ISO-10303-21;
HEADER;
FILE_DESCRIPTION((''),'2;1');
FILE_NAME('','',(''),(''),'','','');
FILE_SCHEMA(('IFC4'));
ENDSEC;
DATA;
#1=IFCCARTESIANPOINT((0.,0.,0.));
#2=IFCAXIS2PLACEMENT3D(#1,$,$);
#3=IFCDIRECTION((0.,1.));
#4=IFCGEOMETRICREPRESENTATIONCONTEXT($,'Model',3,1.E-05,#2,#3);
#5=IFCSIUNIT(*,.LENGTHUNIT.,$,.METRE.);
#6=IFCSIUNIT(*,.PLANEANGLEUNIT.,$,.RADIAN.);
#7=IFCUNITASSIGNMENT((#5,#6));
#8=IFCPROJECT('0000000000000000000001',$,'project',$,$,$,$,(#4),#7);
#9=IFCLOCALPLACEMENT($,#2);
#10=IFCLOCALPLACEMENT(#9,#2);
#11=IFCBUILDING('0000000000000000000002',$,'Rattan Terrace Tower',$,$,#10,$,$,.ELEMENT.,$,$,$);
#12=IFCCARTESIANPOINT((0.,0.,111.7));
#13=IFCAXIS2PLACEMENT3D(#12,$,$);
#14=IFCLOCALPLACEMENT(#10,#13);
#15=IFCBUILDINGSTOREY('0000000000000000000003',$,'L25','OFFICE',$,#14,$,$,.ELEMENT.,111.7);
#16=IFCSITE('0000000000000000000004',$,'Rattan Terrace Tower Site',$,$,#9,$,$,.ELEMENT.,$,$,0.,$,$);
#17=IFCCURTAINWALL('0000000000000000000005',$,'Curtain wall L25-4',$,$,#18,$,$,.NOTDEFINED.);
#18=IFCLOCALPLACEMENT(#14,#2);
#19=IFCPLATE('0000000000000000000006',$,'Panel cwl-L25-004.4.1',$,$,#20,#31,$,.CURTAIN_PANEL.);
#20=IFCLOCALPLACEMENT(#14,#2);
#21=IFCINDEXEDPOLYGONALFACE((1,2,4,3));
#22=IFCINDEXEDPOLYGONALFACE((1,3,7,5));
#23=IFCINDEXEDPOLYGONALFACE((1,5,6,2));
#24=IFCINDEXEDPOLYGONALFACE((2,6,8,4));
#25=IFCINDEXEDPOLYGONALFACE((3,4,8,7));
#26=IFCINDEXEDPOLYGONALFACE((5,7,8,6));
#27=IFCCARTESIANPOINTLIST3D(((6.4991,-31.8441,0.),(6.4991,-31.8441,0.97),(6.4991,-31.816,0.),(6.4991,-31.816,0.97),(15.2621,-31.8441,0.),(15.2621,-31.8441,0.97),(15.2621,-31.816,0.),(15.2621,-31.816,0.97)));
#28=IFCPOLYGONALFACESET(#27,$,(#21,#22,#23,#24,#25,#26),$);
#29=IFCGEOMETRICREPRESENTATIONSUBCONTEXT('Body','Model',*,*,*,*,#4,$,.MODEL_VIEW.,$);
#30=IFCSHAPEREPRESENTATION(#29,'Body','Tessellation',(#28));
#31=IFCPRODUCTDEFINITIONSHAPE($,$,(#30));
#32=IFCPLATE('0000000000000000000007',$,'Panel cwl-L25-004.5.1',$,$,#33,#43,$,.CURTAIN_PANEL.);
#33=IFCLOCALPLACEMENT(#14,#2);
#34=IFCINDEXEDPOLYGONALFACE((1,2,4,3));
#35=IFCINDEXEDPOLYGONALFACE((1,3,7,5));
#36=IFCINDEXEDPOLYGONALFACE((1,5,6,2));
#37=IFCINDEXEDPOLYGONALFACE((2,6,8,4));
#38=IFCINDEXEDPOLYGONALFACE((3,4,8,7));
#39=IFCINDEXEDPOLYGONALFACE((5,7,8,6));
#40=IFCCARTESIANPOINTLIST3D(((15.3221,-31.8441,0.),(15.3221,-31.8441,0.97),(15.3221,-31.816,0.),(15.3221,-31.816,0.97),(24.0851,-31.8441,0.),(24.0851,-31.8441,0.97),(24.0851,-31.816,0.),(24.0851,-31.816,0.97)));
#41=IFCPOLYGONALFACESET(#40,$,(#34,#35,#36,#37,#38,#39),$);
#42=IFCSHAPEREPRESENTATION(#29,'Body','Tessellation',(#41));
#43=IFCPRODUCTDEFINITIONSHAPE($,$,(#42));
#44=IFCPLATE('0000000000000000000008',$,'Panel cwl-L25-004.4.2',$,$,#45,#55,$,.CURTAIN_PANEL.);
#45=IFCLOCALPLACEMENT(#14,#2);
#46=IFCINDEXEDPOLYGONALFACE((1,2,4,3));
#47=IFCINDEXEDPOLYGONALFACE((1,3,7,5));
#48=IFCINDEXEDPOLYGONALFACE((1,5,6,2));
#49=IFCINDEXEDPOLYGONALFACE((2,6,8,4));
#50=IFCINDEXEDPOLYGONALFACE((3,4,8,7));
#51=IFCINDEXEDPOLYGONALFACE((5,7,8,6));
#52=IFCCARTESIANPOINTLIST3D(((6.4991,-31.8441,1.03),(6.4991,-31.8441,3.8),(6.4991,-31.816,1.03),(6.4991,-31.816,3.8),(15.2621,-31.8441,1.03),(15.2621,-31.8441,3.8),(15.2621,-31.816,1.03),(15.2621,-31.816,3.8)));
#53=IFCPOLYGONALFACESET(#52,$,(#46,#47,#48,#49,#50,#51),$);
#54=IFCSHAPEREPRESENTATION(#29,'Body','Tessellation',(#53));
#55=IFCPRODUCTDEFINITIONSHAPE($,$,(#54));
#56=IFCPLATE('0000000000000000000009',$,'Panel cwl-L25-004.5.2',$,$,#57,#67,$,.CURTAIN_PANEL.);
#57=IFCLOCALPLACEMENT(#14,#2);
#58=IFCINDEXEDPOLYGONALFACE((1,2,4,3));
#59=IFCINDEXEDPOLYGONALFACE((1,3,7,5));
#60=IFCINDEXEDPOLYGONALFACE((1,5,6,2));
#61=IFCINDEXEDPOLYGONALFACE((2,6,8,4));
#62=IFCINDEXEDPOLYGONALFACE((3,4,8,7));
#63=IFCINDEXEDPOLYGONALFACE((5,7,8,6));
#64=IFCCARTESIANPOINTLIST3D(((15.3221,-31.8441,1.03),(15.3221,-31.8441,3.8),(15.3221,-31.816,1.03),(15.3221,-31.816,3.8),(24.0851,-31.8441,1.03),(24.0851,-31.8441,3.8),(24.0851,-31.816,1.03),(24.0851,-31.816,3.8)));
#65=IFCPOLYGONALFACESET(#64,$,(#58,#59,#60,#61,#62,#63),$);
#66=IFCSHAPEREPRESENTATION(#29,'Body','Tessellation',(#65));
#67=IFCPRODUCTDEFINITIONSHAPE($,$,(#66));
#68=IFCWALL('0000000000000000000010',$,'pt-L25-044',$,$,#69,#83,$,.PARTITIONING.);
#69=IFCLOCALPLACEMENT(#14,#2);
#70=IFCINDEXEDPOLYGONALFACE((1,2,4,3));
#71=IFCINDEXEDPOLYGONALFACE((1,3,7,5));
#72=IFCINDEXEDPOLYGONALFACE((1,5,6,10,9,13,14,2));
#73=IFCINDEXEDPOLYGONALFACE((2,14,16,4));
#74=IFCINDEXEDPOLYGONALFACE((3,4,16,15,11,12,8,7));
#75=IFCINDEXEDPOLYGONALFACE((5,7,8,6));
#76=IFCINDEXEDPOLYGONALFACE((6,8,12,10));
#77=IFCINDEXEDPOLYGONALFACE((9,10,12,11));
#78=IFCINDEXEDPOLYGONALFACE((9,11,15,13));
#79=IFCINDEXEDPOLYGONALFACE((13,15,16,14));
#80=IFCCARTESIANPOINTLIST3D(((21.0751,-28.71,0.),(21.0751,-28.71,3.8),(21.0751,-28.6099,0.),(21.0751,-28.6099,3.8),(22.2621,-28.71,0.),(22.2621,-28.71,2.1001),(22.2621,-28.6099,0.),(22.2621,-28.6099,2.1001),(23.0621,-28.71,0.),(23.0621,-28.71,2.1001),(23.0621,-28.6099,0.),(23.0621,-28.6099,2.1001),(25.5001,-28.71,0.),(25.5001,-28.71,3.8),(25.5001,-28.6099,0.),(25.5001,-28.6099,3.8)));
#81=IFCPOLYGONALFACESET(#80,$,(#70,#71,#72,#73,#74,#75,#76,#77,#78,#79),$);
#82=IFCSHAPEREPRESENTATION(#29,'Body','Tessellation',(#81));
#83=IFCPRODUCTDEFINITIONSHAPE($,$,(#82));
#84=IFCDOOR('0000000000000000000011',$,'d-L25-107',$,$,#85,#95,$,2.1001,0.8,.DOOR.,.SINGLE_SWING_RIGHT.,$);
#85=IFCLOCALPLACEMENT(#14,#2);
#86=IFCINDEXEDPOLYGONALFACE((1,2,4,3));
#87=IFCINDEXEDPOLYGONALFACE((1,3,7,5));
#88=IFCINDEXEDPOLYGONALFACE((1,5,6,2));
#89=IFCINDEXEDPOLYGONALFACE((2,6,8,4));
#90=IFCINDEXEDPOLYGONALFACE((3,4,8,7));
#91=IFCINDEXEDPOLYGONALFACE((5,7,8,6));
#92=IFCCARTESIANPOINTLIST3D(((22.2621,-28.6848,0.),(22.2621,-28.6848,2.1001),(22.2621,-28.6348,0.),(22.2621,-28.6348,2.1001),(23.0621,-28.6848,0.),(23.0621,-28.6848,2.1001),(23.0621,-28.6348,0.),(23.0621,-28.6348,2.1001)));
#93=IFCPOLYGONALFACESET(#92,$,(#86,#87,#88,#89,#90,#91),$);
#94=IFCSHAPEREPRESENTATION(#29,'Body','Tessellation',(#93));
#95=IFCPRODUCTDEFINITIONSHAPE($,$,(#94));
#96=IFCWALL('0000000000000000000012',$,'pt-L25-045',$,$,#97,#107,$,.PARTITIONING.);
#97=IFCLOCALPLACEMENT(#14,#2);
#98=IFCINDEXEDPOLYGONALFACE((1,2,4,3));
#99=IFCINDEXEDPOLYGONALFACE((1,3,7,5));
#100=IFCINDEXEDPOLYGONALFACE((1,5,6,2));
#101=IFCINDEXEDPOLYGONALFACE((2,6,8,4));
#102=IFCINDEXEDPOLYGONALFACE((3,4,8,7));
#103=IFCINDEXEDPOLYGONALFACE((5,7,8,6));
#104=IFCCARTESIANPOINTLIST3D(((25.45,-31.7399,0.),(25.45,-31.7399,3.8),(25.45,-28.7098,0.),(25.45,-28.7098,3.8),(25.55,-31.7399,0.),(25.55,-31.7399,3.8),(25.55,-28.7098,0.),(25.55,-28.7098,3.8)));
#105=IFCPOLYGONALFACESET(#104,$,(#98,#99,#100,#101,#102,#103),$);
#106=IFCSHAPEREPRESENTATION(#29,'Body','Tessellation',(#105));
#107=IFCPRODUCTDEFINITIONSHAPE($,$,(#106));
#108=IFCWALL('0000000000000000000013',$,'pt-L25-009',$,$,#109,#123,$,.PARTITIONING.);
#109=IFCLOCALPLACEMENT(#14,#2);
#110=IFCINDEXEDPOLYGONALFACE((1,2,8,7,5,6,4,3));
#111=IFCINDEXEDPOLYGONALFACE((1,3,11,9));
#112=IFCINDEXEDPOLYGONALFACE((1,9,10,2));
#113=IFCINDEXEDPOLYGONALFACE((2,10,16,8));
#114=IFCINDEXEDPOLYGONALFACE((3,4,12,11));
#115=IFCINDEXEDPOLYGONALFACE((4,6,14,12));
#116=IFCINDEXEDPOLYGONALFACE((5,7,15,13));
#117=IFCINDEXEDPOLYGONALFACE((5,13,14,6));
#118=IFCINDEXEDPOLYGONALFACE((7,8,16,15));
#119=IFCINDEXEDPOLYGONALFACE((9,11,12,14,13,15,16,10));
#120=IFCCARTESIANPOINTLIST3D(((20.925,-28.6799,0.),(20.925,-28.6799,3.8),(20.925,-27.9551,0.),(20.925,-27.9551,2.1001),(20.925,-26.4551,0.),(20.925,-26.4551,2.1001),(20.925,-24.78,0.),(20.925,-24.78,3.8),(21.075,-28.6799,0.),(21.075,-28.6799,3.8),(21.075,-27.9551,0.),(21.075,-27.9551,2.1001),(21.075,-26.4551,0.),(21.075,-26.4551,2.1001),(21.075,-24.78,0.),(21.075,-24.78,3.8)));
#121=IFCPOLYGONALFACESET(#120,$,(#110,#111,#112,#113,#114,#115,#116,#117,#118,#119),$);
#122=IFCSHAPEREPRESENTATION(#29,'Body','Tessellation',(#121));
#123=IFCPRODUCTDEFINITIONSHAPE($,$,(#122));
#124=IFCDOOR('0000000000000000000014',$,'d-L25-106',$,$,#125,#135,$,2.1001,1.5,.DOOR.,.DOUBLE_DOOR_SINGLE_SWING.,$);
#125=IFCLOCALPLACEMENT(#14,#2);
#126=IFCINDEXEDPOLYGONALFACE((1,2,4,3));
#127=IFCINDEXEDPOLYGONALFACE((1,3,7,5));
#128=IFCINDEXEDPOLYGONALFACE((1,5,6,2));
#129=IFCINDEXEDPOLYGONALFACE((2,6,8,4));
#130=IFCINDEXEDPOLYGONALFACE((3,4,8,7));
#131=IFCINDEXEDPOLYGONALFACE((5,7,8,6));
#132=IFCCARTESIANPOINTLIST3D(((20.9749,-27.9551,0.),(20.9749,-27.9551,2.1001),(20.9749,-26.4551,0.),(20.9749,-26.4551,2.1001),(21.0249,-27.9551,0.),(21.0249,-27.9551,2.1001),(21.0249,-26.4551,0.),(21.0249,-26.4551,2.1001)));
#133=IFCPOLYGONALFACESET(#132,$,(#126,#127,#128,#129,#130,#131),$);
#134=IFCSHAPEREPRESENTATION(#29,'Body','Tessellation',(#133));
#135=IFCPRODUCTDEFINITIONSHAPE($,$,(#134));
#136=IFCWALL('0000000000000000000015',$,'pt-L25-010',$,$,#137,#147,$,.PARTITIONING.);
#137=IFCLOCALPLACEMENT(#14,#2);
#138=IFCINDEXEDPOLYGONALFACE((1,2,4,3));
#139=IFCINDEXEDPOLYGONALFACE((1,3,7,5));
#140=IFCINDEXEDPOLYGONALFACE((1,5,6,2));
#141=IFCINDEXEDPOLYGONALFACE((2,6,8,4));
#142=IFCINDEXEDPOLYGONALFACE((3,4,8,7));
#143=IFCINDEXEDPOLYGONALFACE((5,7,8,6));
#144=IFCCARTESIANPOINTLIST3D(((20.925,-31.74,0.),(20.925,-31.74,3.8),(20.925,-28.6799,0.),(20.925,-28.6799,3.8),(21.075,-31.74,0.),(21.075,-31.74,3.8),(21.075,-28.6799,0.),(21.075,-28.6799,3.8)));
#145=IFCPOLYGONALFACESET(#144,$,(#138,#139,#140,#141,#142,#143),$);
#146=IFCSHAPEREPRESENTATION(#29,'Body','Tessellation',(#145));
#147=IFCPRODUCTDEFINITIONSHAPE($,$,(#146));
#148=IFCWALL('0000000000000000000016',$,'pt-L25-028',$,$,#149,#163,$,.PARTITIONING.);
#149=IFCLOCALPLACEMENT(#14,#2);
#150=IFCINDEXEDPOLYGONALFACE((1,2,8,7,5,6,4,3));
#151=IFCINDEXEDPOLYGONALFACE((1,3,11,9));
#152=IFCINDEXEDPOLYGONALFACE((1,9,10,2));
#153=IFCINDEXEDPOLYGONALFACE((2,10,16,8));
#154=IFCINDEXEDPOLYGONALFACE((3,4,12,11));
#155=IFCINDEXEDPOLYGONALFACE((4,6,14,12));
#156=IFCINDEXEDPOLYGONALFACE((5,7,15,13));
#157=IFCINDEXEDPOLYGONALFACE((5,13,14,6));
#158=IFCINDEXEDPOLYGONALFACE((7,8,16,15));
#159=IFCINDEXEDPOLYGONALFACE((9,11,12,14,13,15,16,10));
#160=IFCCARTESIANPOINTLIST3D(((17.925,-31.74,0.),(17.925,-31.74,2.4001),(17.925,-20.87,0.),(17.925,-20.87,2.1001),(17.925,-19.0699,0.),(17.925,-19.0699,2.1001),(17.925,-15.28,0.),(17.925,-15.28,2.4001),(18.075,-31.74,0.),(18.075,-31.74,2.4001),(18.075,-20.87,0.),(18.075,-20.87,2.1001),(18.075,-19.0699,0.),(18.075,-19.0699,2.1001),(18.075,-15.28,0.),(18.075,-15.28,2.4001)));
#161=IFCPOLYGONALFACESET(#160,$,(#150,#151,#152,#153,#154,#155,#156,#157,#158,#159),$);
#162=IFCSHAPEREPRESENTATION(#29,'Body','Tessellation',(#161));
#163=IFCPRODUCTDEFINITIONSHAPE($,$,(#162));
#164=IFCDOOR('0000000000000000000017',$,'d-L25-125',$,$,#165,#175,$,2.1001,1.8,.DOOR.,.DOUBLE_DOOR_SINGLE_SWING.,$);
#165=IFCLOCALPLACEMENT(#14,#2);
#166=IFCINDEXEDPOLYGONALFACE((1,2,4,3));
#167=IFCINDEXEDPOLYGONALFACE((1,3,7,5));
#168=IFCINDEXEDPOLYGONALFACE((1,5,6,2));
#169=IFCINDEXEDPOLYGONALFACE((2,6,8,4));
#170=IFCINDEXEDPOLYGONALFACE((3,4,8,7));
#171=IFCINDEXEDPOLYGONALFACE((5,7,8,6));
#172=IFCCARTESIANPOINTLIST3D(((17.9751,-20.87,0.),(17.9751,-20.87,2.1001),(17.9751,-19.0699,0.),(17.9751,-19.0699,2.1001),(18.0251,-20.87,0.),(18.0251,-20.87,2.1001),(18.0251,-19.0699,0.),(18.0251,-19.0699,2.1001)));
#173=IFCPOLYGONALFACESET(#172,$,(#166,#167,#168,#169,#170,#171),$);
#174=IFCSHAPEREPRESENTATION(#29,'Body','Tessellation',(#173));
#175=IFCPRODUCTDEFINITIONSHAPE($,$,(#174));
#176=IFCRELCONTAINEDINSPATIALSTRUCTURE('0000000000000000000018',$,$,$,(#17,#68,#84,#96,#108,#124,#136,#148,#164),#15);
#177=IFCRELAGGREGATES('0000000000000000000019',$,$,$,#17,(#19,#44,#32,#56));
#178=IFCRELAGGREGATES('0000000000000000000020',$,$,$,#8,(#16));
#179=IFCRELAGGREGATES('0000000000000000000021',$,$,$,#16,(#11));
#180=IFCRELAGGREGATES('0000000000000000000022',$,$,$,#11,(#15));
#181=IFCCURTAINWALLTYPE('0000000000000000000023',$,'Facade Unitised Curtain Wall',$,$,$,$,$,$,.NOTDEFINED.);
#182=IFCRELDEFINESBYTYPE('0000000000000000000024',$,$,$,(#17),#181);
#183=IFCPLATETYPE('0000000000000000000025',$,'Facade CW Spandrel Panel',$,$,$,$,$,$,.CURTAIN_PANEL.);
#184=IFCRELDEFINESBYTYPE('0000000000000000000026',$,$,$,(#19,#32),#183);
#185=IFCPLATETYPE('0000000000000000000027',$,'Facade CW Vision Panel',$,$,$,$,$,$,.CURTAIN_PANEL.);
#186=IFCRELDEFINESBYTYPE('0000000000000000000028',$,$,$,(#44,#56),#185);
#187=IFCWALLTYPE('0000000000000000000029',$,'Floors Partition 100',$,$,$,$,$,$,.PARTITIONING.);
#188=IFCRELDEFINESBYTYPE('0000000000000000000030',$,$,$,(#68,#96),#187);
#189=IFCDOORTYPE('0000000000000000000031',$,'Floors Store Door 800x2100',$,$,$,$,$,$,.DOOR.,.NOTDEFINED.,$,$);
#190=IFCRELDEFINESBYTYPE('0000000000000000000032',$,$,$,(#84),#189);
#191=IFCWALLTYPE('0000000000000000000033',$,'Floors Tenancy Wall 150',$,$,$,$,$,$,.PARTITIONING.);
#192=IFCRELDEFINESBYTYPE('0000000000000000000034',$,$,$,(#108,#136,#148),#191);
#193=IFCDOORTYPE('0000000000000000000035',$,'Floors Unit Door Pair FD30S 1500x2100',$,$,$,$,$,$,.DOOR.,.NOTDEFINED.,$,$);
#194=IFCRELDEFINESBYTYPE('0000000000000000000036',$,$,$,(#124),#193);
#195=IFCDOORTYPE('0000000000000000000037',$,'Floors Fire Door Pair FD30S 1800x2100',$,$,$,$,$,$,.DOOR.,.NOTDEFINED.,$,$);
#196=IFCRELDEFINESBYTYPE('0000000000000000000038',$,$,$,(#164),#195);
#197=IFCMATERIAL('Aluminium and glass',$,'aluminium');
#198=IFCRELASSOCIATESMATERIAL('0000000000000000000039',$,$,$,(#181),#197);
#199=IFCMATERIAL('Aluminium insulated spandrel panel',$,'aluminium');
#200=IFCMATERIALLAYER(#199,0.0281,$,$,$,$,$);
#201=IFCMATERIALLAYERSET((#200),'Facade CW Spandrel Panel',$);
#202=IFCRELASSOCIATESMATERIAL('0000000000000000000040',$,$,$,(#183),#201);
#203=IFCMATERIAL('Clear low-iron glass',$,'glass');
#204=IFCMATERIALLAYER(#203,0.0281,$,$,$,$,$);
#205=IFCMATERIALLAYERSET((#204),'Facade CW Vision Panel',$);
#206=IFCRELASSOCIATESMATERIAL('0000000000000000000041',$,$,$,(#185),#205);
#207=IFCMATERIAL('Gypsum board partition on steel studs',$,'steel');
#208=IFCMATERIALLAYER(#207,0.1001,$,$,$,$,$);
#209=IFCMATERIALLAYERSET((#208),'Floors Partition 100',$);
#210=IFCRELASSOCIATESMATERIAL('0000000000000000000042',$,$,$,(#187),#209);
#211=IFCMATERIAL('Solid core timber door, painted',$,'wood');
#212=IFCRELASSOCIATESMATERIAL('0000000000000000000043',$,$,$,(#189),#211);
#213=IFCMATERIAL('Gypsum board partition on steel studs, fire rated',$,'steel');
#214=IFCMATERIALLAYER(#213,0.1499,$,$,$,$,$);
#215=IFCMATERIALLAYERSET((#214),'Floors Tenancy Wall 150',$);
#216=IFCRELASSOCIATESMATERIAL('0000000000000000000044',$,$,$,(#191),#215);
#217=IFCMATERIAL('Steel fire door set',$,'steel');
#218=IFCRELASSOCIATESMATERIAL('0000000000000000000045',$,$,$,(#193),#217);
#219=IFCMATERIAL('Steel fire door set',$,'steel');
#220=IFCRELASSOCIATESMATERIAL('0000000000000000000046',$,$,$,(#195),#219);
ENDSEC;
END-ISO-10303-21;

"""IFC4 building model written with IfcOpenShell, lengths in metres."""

from ifc_helpers import new_model, si_unit, direction, frame, frame_2d, origin, origin_2d, place, context, subcontext, project, spatial, rectangle, extrude, material, layer, layer_set, type_object, element, fill, aggregate, save


model = new_model("IFC4")

# Units and contexts
model_context = context("Model", 3, precision=1e-05, world=origin(), true_north=direction((0.0, 1.0)))
body_context = subcontext(model_context, "Body", "Model", "MODEL_VIEW")
ifc_project = project(units=[si_unit("LENGTHUNIT", "METRE"), si_unit("PLANEANGLEUNIT", "RADIAN")], contexts=[model_context])

# Site, building, storey
site_placement = place(None, origin())
site = spatial("IfcSite", under=ifc_project, at=site_placement, Name="Rattan Terrace Tower Site", CompositionType="ELEMENT", RefElevation=0.0)
building_placement = place(site_placement, origin())
building = spatial("IfcBuilding", under=site, at=building_placement, Name="Rattan Terrace Tower", CompositionType="ELEMENT")
storey_placement = place(building_placement, frame((0.0, 0.0, 111.7)))
storey = spatial("IfcBuildingStorey", under=building, at=storey_placement, Name="L25", Description="OFFICE", CompositionType="ELEMENT", Elevation=111.7)

# Curtain wall
ifc_material_1 = material(Name="Aluminium and glass", Category="aluminium")
curtain_wall_type = type_object("IfcCurtainWallType", Name="Facade Unitised Curtain Wall", PredefinedType="NOTDEFINED", material=ifc_material_1)
curtain_wall_placement = place(storey_placement, origin())
curtain_wall = element("IfcCurtainWall", 1, at=curtain_wall_placement, inside=storey, type_object=curtain_wall_type, Name="Curtain wall L25-4", PredefinedType="NOTDEFINED")

# Plates
ifc_material_2 = material(Name="Aluminium insulated spandrel panel", Category="aluminium")
ifc_layer_1 = layer(ifc_material_2, 0.0281)
ifc_layer_set_1 = layer_set([ifc_layer_1], Name="Facade CW Spandrel Panel")
plate_type_1 = type_object("IfcPlateType", Name="Facade CW Spandrel Panel", PredefinedType="CURTAIN_PANEL", material=ifc_layer_set_1)
plate_1_placement = place(storey_placement, frame((10.8806, -31.8301, 0.0), z_axis=(0.0, 0.0, 1.0), x_axis=(1.0, 0.0, 0.0)))
plate_1 = element("IfcPlate", 2, at=plate_1_placement, type_object=plate_type_1, Name="Panel cwl-L25-004.4.1", PredefinedType="CURTAIN_PANEL", context=body_context, shape_type="SweptSolid", body=[
    extrude(rectangle(XDim=8.7629, YDim=0.0281, at=origin_2d()), origin(), (0.0, 0.0, 1.0), 0.97),
])
plate_2_placement = place(storey_placement, frame((19.7036, -31.8301, 0.0), z_axis=(0.0, 0.0, 1.0), x_axis=(1.0, 0.0, 0.0)))
plate_2 = element("IfcPlate", 3, at=plate_2_placement, type_object=plate_type_1, Name="Panel cwl-L25-004.5.1", PredefinedType="CURTAIN_PANEL", context=body_context, shape_type="SweptSolid", body=[
    extrude(rectangle(XDim=8.7629, YDim=0.0281, at=origin_2d()), origin(), (0.0, 0.0, 1.0), 0.97),
])
ifc_material_3 = material(Name="Clear low-iron glass", Category="glass")
ifc_layer_2 = layer(ifc_material_3, 0.0281)
ifc_layer_set_2 = layer_set([ifc_layer_2], Name="Facade CW Vision Panel")
plate_type_2 = type_object("IfcPlateType", Name="Facade CW Vision Panel", PredefinedType="CURTAIN_PANEL", material=ifc_layer_set_2)
plate_3_placement = place(storey_placement, frame((10.8806, -31.8301, 1.03), z_axis=(0.0, 0.0, 1.0), x_axis=(1.0, 0.0, 0.0)))
plate_3 = element("IfcPlate", 4, at=plate_3_placement, type_object=plate_type_2, Name="Panel cwl-L25-004.4.2", PredefinedType="CURTAIN_PANEL", context=body_context, shape_type="SweptSolid", body=[
    extrude(rectangle(XDim=8.7629, YDim=0.0281, at=origin_2d()), origin(), (0.0, 0.0, 1.0), 2.77),
])
plate_4_placement = place(storey_placement, frame((19.7036, -31.8301, 1.03), z_axis=(0.0, 0.0, 1.0), x_axis=(1.0, 0.0, 0.0)))
plate_4 = element("IfcPlate", 5, at=plate_4_placement, type_object=plate_type_2, Name="Panel cwl-L25-004.5.2", PredefinedType="CURTAIN_PANEL", context=body_context, shape_type="SweptSolid", body=[
    extrude(rectangle(XDim=8.7629, YDim=0.0281, at=origin_2d()), origin(), (0.0, 0.0, 1.0), 2.77),
])
aggregate(curtain_wall, [plate_1, plate_3, plate_2, plate_4])

# Wall, opening, door
ifc_material_4 = material(Name="Gypsum board partition on steel studs", Category="steel")
ifc_layer_3 = layer(ifc_material_4, 0.1001)
ifc_layer_set_3 = layer_set([ifc_layer_3], Name="Floors Partition 100")
wall_type_1 = type_object("IfcWallType", Name="Floors Partition 100", PredefinedType="PARTITIONING", material=ifc_layer_set_3)
wall_1_placement = place(storey_placement, frame((25.5, -28.6599, 0.0), z_axis=(0.0, 0.0, 1.0), x_axis=(-1.0, 0.0, 0.0)))
wall_1 = element("IfcWall", 6, at=wall_1_placement, inside=storey, type_object=wall_type_1, Name="pt-L25-044", PredefinedType="PARTITIONING", context=body_context, shape_type="SweptSolid", body=[
    extrude(rectangle(XDim=4.425, YDim=0.1001, at=frame_2d((2.2124, 0.0))), origin(), (0.0, 0.0, 1.0), 3.8),
])
opening_1_placement = place(wall_1_placement, frame((2.438, 0.0, 0.0)))
opening_1 = element("IfcOpeningElement", 7, at=opening_1_placement, cuts=wall_1, PredefinedType="OPENING", context=body_context, shape_type="SweptSolid", body=[
    extrude(rectangle(XDim=0.8, YDim=2.1001, at=frame_2d((0.3999, 1.05))), frame((0.0, 0.0605, 0.0), z_axis=(0.0, -1.0, 0.0), x_axis=(1.0, 0.0, 0.0)), (0.0, 0.0, 1.0), 0.1211),
])
ifc_material_5 = material(Name="Solid core timber door, painted", Category="wood")
door_type_1 = type_object("IfcDoorType", Name="Floors Store Door 800x2100", OperationType="NOTDEFINED", PredefinedType="DOOR", material=ifc_material_5)
door_1_placement = place(opening_1_placement, origin())
door_1 = element("IfcDoor", 8, at=door_1_placement, inside=storey, type_object=door_type_1, Name="d-L25-107", OperationType="SINGLE_SWING_RIGHT", OverallHeight=2.1001, OverallWidth=0.8, PredefinedType="DOOR", context=body_context, shape_type="SweptSolid", body=[
    extrude(rectangle(XDim=0.8, YDim=2.1001, at=frame_2d((0.3999, 1.05))), frame((0.0, 0.0249, 0.0), z_axis=(0.0, -1.0, 0.0), x_axis=(1.0, 0.0, 0.0)), (0.0, 0.0, 1.0), 0.05),
])
fill(opening_1, door_1)

# Wall
wall_2_placement = place(storey_placement, frame((25.5, -31.74, 0.0), z_axis=(0.0, 0.0, 1.0), x_axis=(0.0, 1.0, 0.0)))
element("IfcWall", 9, at=wall_2_placement, inside=storey, type_object=wall_type_1, Name="pt-L25-045", PredefinedType="PARTITIONING", context=body_context, shape_type="SweptSolid", body=[
    extrude(rectangle(XDim=3.03, YDim=0.1001, at=frame_2d((1.5151, 0.0))), origin(), (0.0, 0.0, 1.0), 3.8),
])

# Wall, opening, door
ifc_material_6 = material(Name="Gypsum board partition on steel studs, fire rated", Category="steel")
ifc_layer_4 = layer(ifc_material_6, 0.1499)
ifc_layer_set_4 = layer_set([ifc_layer_4], Name="Floors Tenancy Wall 150")
wall_type_2 = type_object("IfcWallType", Name="Floors Tenancy Wall 150", PredefinedType="PARTITIONING", material=ifc_layer_set_4)
wall_3_placement = place(storey_placement, frame((21.0, -24.78, 0.0), z_axis=(0.0, 0.0, 1.0), x_axis=(0.0, -1.0, 0.0)))
wall_3 = element("IfcWall", 10, at=wall_3_placement, inside=storey, type_object=wall_type_2, Name="pt-L25-009", PredefinedType="PARTITIONING", context=body_context, shape_type="SweptSolid", body=[
    extrude(rectangle(XDim=3.8999, YDim=0.1499, at=frame_2d((1.95, 0.0))), origin(), (0.0, 0.0, 1.0), 3.8),
])
opening_2_placement = place(wall_3_placement, frame((1.675, 0.0, 0.0)))
opening_2 = element("IfcOpeningElement", 11, at=opening_2_placement, cuts=wall_3, PredefinedType="OPENING", context=body_context, shape_type="SweptSolid", body=[
    extrude(rectangle(XDim=1.5, YDim=2.1001, at=frame_2d((0.75, 1.05))), frame((0.0, 0.0854, 0.0), z_axis=(0.0, -1.0, 0.0), x_axis=(1.0, 0.0, 0.0)), (0.0, 0.0, 1.0), 0.1709),
])
ifc_material_7 = material(Name="Steel fire door set", Category="steel")
door_type_2 = type_object("IfcDoorType", Name="Floors Unit Door Pair FD30S 1500x2100", OperationType="NOTDEFINED", PredefinedType="DOOR", material=ifc_material_7)
door_2_placement = place(opening_2_placement, origin())
door_2 = element("IfcDoor", 12, at=door_2_placement, inside=storey, type_object=door_type_2, Name="d-L25-106", OperationType="DOUBLE_DOOR_SINGLE_SWING", OverallHeight=2.1001, OverallWidth=1.5, PredefinedType="DOOR", context=body_context, shape_type="SweptSolid", body=[
    extrude(rectangle(XDim=1.5, YDim=2.1001, at=frame_2d((0.75, 1.05))), frame((0.0, 0.0249, 0.0), z_axis=(0.0, -1.0, 0.0), x_axis=(1.0, 0.0, 0.0)), (0.0, 0.0, 1.0), 0.05),
])
fill(opening_2, door_2)

# Wall
wall_4_placement = place(storey_placement, frame((21.0, -28.6799, 0.0), z_axis=(0.0, 0.0, 1.0), x_axis=(0.0, -1.0, 0.0)))
element("IfcWall", 13, at=wall_4_placement, inside=storey, type_object=wall_type_2, Name="pt-L25-010", PredefinedType="PARTITIONING", context=body_context, shape_type="SweptSolid", body=[
    extrude(rectangle(XDim=3.0601, YDim=0.1499, at=frame_2d((1.53, 0.0))), origin(), (0.0, 0.0, 1.0), 3.8),
])

# Wall, opening, door
wall_5_placement = place(storey_placement, frame((18.0, -31.74, 0.0), z_axis=(0.0, 0.0, 1.0), x_axis=(0.0, 1.0, 0.0)))
wall_5 = element("IfcWall", 14, at=wall_5_placement, inside=storey, type_object=wall_type_2, Name="pt-L25-028", PredefinedType="PARTITIONING", context=body_context, shape_type="SweptSolid", body=[
    extrude(rectangle(XDim=16.46, YDim=0.1499, at=frame_2d((8.23, 0.0))), origin(), (0.0, 0.0, 1.0), 2.4001),
])
opening_3_placement = place(wall_5_placement, frame((10.8701, 0.0, 0.0)))
opening_3 = element("IfcOpeningElement", 15, at=opening_3_placement, cuts=wall_5, PredefinedType="OPENING", context=body_context, shape_type="SweptSolid", body=[
    extrude(rectangle(XDim=1.8, YDim=2.1001, at=frame_2d((0.8999, 1.05))), frame((0.0, 0.0854, 0.0), z_axis=(0.0, -1.0, 0.0), x_axis=(1.0, 0.0, 0.0)), (0.0, 0.0, 1.0), 0.1709),
])
ifc_material_8 = material(Name="Steel fire door set", Category="steel")
door_type_3 = type_object("IfcDoorType", Name="Floors Fire Door Pair FD30S 1800x2100", OperationType="NOTDEFINED", PredefinedType="DOOR", material=ifc_material_8)
door_3_placement = place(opening_3_placement, origin())
door_3 = element("IfcDoor", 16, at=door_3_placement, inside=storey, type_object=door_type_3, Name="d-L25-125", OperationType="DOUBLE_DOOR_SINGLE_SWING", OverallHeight=2.1001, OverallWidth=1.8, PredefinedType="DOOR", context=body_context, shape_type="SweptSolid", body=[
    extrude(rectangle(XDim=1.8, YDim=2.1001, at=frame_2d((0.8999, 1.05))), frame((0.0, 0.0249, 0.0), z_axis=(0.0, -1.0, 0.0), x_axis=(1.0, 0.0, 0.0)), (0.0, 0.0, 1.0), 0.05),
])
fill(opening_3, door_3)

save(model, "model.ifc")
